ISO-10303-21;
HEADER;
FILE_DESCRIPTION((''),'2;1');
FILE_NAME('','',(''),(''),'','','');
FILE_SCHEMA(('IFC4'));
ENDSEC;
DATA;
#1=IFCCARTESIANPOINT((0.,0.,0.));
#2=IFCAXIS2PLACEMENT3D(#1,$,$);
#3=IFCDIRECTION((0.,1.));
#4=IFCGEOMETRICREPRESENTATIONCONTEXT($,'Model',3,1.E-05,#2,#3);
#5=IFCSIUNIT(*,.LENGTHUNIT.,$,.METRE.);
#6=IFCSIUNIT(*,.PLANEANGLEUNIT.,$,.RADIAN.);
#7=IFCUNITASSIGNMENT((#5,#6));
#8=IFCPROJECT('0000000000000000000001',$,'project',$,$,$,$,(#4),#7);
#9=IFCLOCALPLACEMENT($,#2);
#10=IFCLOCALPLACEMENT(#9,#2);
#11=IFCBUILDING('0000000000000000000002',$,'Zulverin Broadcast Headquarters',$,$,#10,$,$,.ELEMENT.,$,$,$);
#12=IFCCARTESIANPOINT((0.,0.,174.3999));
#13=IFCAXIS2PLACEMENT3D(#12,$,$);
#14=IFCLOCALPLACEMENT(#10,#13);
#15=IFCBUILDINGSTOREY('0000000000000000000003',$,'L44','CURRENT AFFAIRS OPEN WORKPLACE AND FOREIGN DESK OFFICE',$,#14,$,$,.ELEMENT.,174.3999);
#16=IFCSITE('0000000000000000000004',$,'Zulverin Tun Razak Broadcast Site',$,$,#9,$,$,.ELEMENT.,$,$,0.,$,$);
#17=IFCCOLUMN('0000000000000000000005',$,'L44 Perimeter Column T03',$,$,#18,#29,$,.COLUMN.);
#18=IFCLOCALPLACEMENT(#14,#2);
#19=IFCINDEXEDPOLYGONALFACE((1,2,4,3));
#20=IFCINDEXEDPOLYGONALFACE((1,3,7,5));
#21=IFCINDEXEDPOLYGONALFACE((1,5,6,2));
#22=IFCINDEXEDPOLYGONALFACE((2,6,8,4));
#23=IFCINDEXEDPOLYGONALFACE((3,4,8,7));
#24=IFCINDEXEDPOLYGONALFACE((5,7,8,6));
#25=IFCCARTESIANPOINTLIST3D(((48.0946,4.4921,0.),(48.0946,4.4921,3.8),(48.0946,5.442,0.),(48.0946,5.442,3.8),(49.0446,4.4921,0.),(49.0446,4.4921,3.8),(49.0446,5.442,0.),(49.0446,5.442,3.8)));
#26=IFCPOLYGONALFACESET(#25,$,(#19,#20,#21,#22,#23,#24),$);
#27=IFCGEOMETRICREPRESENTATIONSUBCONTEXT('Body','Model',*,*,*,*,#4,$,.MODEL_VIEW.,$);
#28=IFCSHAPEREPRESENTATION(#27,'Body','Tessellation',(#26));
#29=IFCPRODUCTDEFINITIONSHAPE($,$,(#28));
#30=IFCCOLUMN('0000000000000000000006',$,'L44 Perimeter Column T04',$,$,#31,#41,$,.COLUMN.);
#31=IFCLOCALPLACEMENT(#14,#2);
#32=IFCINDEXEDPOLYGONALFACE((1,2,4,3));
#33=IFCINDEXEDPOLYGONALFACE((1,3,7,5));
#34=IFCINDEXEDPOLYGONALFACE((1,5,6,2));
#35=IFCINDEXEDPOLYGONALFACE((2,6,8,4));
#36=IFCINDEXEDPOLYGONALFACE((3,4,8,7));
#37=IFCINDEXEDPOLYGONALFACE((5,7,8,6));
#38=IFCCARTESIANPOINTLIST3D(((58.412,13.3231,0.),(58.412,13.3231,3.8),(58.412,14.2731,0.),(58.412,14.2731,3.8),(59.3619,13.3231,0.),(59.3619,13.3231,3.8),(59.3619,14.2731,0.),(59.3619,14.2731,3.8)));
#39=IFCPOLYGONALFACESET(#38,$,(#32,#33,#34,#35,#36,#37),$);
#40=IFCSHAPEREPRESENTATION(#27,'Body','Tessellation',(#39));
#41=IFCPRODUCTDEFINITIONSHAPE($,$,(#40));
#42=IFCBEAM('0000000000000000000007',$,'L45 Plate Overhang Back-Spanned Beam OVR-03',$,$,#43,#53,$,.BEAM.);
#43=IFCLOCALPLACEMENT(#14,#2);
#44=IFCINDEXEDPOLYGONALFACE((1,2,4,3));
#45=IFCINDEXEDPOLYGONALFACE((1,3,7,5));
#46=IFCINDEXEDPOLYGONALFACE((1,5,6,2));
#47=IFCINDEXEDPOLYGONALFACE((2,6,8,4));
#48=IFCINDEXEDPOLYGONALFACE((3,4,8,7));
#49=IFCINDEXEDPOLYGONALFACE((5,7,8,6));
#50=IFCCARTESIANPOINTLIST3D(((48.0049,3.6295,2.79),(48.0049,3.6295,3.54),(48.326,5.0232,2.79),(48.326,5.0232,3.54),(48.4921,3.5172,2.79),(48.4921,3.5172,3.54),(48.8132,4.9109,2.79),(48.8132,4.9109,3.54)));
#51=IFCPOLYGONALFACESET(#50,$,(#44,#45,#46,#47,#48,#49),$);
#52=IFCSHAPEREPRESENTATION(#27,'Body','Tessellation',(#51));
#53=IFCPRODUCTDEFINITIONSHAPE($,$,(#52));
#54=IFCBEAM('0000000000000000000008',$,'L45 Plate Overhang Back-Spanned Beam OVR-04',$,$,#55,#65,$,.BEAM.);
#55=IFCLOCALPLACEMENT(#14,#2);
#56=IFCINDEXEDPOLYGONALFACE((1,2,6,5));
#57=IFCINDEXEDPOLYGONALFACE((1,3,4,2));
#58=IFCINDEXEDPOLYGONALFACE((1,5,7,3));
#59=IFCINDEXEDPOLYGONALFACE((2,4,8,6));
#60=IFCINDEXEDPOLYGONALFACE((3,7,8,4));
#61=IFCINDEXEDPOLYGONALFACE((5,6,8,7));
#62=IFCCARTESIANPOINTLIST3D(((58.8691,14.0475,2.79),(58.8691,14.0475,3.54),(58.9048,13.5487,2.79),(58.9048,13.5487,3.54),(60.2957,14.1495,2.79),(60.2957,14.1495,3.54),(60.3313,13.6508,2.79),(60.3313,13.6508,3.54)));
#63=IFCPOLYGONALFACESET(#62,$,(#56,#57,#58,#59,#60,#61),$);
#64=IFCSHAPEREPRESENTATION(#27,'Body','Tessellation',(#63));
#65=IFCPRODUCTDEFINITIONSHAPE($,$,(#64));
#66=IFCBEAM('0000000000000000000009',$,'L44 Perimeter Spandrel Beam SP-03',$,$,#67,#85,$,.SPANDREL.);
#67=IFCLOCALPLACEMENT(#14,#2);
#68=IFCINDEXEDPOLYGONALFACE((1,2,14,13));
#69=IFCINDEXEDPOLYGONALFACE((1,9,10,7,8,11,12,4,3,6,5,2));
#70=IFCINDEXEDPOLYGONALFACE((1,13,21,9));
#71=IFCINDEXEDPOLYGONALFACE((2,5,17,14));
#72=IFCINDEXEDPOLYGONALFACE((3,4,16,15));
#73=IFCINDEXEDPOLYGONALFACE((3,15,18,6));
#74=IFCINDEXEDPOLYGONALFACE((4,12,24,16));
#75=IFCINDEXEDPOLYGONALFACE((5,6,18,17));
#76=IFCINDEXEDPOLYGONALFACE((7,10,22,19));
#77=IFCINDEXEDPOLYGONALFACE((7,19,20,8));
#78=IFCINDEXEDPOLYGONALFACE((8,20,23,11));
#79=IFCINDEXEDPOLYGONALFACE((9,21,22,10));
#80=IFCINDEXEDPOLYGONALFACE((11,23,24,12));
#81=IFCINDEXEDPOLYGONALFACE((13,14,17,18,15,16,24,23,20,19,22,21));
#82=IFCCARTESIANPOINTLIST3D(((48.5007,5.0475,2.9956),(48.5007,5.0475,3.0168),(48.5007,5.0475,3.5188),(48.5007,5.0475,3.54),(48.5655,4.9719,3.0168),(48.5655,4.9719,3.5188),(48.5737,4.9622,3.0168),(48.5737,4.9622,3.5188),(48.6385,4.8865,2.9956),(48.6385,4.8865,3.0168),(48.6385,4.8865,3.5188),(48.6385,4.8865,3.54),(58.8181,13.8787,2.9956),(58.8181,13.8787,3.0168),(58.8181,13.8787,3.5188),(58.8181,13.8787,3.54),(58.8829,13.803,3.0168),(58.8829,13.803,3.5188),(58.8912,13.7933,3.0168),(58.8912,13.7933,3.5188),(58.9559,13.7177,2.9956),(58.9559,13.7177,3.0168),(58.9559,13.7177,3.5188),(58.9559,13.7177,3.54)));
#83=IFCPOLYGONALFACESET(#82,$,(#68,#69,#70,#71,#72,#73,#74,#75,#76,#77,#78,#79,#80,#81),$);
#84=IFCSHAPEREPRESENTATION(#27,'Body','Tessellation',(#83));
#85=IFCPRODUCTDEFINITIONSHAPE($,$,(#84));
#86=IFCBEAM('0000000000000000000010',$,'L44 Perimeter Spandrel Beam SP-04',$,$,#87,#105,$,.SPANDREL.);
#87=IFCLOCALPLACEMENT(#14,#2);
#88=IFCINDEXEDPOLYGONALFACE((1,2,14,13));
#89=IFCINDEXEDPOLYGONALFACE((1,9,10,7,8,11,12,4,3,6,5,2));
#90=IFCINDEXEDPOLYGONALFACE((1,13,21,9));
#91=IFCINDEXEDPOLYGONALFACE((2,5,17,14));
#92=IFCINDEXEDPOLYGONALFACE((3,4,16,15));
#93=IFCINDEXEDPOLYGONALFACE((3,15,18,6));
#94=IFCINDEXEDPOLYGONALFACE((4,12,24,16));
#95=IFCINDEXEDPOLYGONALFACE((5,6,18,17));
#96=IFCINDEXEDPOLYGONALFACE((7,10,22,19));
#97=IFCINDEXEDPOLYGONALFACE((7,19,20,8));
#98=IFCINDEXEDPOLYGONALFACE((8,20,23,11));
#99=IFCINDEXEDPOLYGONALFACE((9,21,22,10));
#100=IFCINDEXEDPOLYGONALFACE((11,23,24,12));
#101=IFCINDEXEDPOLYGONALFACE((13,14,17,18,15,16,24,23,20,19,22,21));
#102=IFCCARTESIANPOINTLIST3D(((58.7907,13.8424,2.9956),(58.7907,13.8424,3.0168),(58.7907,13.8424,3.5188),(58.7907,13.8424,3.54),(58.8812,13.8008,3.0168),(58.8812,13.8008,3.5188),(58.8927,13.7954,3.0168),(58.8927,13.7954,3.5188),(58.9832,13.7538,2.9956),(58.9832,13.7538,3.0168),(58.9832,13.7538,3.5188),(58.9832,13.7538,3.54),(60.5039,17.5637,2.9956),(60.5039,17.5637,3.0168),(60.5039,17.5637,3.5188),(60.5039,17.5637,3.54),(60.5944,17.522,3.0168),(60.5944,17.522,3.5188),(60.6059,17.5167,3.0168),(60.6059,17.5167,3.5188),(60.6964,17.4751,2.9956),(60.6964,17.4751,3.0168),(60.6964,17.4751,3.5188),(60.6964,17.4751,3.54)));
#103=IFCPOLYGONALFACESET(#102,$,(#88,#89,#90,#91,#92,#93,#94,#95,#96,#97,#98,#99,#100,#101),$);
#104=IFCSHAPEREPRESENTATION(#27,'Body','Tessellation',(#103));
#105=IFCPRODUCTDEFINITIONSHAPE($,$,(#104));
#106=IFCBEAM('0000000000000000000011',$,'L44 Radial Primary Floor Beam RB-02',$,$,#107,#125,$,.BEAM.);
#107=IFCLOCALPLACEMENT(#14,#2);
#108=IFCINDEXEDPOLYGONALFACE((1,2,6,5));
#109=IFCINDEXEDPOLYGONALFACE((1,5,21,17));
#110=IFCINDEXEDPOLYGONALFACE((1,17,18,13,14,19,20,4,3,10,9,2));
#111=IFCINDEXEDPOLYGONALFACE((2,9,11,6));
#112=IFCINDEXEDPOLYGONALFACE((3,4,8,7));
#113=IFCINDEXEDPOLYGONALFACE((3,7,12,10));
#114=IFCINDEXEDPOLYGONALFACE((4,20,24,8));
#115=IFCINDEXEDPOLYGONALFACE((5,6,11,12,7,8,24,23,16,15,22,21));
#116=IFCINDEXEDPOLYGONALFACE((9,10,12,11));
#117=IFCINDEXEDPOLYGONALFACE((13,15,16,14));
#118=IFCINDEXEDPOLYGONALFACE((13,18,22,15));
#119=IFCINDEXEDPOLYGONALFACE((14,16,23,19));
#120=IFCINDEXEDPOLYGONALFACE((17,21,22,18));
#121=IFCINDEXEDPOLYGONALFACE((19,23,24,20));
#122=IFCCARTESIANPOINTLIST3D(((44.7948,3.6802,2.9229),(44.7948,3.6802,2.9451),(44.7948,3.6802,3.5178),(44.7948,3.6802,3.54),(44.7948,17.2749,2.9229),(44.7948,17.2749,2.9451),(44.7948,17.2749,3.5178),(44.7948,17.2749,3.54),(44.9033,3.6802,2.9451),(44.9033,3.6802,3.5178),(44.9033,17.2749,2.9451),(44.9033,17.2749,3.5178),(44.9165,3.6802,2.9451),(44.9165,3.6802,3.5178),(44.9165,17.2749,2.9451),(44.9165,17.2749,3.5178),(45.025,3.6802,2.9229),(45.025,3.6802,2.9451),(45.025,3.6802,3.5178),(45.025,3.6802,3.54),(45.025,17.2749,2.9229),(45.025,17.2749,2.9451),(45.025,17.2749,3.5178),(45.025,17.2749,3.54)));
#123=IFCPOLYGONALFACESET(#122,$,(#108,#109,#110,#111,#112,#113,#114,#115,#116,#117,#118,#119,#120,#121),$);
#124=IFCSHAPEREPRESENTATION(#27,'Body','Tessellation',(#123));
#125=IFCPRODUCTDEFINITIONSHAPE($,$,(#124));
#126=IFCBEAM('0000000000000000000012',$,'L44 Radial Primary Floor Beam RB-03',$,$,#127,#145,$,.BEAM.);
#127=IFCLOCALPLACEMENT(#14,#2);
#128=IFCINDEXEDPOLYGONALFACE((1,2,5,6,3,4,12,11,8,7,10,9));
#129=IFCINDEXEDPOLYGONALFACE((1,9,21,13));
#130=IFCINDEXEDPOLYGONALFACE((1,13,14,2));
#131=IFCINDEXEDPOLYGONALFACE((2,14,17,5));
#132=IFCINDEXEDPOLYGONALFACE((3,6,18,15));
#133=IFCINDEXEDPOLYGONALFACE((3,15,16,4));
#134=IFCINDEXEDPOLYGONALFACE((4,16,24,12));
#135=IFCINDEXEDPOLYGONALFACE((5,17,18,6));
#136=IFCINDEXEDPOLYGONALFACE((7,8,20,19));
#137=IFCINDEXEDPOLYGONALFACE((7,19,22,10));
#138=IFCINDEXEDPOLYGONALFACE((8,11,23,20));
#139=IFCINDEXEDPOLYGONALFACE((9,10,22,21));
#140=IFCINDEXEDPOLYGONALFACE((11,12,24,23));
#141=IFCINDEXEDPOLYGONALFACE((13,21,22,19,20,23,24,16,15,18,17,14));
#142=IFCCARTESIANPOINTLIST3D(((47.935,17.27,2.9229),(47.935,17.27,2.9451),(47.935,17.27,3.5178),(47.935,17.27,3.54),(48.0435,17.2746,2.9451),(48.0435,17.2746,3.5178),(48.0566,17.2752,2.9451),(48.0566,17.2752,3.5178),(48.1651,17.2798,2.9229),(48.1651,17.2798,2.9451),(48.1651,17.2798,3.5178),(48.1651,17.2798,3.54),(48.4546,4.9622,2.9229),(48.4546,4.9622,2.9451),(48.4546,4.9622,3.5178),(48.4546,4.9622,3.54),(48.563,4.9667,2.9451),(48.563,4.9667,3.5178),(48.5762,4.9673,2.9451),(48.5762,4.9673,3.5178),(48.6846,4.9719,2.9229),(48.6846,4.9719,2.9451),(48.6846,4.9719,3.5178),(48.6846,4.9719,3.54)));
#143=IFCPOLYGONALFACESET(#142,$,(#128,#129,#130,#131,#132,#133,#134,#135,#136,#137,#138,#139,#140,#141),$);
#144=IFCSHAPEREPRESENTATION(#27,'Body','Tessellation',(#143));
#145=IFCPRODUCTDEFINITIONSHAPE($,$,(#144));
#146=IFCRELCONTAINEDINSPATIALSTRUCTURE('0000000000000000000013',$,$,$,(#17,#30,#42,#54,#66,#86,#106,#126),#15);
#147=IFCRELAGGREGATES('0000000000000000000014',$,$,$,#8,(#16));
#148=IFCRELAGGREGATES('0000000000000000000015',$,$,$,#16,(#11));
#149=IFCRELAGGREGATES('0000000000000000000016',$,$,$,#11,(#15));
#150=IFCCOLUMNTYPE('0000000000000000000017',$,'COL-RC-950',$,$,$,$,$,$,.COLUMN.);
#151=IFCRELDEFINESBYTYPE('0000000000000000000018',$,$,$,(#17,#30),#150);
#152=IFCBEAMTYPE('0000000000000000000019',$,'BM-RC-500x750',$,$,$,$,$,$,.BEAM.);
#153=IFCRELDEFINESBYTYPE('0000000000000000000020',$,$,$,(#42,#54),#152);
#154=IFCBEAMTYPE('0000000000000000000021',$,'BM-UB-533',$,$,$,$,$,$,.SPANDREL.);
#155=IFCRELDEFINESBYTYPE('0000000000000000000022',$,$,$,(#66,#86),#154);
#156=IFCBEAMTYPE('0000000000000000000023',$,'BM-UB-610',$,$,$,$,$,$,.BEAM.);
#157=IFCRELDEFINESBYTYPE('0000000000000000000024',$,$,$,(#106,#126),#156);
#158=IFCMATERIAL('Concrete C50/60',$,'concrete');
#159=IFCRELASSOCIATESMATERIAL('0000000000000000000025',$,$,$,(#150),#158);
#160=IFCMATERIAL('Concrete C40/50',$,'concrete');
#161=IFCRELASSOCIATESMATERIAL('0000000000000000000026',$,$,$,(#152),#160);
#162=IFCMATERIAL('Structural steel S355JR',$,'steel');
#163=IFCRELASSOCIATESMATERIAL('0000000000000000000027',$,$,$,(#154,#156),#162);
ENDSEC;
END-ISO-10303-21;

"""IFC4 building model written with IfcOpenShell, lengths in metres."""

from ifc_helpers import new_model, si_unit, direction, frame, origin, origin_2d, place, context, subcontext, project, spatial, rectangle, i_section, extrude, material, material_profile, profile_set, type_object, element, save


model = new_model("IFC4")

# Units and contexts
model_context = context("Model", 3, precision=1e-05, world=origin(), true_north=direction((0.0, 1.0)))
body_context = subcontext(model_context, "Body", "Model", "MODEL_VIEW")
ifc_project = project(units=[si_unit("LENGTHUNIT", "METRE"), si_unit("PLANEANGLEUNIT", "RADIAN")], contexts=[model_context])

# Site, building, storey
site_placement = place(None, origin())
site = spatial("IfcSite", under=ifc_project, at=site_placement, Name="Zulverin Tun Razak Broadcast Site", CompositionType="ELEMENT", RefElevation=0.0)
building_placement = place(site_placement, origin())
building = spatial("IfcBuilding", under=site, at=building_placement, Name="Zulverin Broadcast Headquarters", CompositionType="ELEMENT")
storey_placement = place(building_placement, frame((0.0, 0.0, 174.3999)))
storey = spatial("IfcBuildingStorey", under=building, at=storey_placement, Name="L44", Description="CURRENT AFFAIRS OPEN WORKPLACE AND FOREIGN DESK OFFICE", CompositionType="ELEMENT", Elevation=174.3999)

# Columns
ifc_material_1 = material(Name="Concrete C50/60", Category="concrete")
ifc_material_profile_1 = material_profile(ifc_material_1, rectangle(XDim=0.95, YDim=0.95, at=origin_2d()), Name="Concrete C50/60", Category="concrete")
ifc_profile_set_1 = profile_set([ifc_material_profile_1], Name="Concrete C50/60")
column_type = type_object("IfcColumnType", Name="COL-RC-950", PredefinedType="COLUMN", material=ifc_profile_set_1)
for number, where, z_axis, x_axis, name in (
    (1, (48.5696, 4.967, 0.0), (0.0, 0.0, 1.0), (1.0, 0.0, 0.0), "L44 Perimeter Column T03"),
    (2, (58.887, 13.7981, 0.0), (0.0, 0.0, 1.0), (1.0, 0.0, 0.0), "L44 Perimeter Column T04"),
):
    element("IfcColumn", number, at=place(storey_placement, frame(where, z_axis=z_axis, x_axis=x_axis)), inside=storey, type_object=column_type, Name=name, PredefinedType="COLUMN", context=body_context, shape_type="SweptSolid", body=[
        extrude(rectangle(XDim=0.95, YDim=0.95, at=origin_2d()), origin(), (0.0, 0.0, 1.0), 3.8),
    ])

# Beams
ifc_material_2 = material(Name="Concrete C40/50", Category="concrete")
ifc_material_profile_2 = material_profile(ifc_material_2, rectangle(XDim=0.5, YDim=0.75, at=origin_2d()), Name="Concrete C40/50", Category="concrete")
ifc_profile_set_2 = profile_set([ifc_material_profile_2], Name="Concrete C40/50")
beam_type_1 = type_object("IfcBeamType", Name="BM-RC-500x750", PredefinedType="BEAM", material=ifc_profile_set_2)
for number, where, z_axis, x_axis, name in (
    (3, (48.5696, 4.967, 3.165), (-0.224498, -0.974475, 0.0), (0.974475, -0.224498, 0.0), "L45 Plate Overhang Back-Spanned Beam OVR-03"),
    (4, (58.887, 13.7981, 3.165), (0.997451, 0.071356, 0.0), (-0.071356, 0.997451, 0.0), "L45 Plate Overhang Back-Spanned Beam OVR-04"),
):
    element("IfcBeam", number, at=place(storey_placement, frame(where, z_axis=z_axis, x_axis=x_axis)), inside=storey, type_object=beam_type_1, Name=name, PredefinedType="BEAM", context=body_context, shape_type="SweptSolid", body=[
        extrude(rectangle(XDim=0.5, YDim=0.75, at=origin_2d()), origin(), (0.0, 0.0, 1.0), 1.4302),
    ])
ifc_material_3 = material(Name="Structural steel S355JR", Category="steel")
ifc_material_profile_3 = material_profile(ifc_material_3, i_section(OverallWidth=0.2119, OverallDepth=0.5444, WebThickness=0.0127, FlangeThickness=0.0212, at=origin_2d()), Name="Structural steel S355JR", Category="steel")
ifc_profile_set_3 = profile_set([ifc_material_profile_3], Name="Structural steel S355JR")
beam_type_2 = type_object("IfcBeamType", Name="BM-UB-533", PredefinedType="SPANDREL", material=ifc_profile_set_3)
beam_1_placement = place(storey_placement, frame((48.5696, 4.967, 3.2678), z_axis=(0.759708, 0.650264, 0.0), x_axis=(-0.650264, 0.759708, 0.0)))
element("IfcBeam", 5, at=beam_1_placement, inside=storey, type_object=beam_type_2, Name="L44 Perimeter Spandrel Beam SP-03", PredefinedType="SPANDREL", context=body_context, shape_type="SweptSolid", body=[
    extrude(i_section(OverallWidth=0.2119, OverallDepth=0.5444, WebThickness=0.0127, FlangeThickness=0.0212, at=origin_2d()), origin(), (0.0, 0.0, 1.0), 13.5808),
])
beam_2_placement = place(storey_placement, frame((58.887, 13.7981, 3.2678), z_axis=(0.418185, 0.908362, 0.0), x_axis=(-0.908362, 0.418185, 0.0)))
element("IfcBeam", 6, at=beam_2_placement, inside=storey, type_object=beam_type_2, Name="L44 Perimeter Spandrel Beam SP-04", PredefinedType="SPANDREL", context=body_context, shape_type="SweptSolid", body=[
    extrude(i_section(OverallWidth=0.2119, OverallDepth=0.5444, WebThickness=0.0127, FlangeThickness=0.0212, at=origin_2d()), origin(), (0.0, 0.0, 1.0), 4.0967),
])
ifc_material_profile_4 = material_profile(ifc_material_3, i_section(OverallWidth=0.2302, OverallDepth=0.6172, WebThickness=0.0132, FlangeThickness=0.0222, at=origin_2d()), Name="Structural steel S355JR", Category="steel")
ifc_profile_set_4 = profile_set([ifc_material_profile_4], Name="Structural steel S355JR")
beam_type_3 = type_object("IfcBeamType", Name="BM-UB-610", PredefinedType="BEAM", material=ifc_profile_set_4)
beam_3_placement = place(storey_placement, frame((44.9099, 17.2749, 3.2314), z_axis=(0.0, -1.0, 0.0), x_axis=(1.0, 0.0, 0.0)))
element("IfcBeam", 7, at=beam_3_placement, inside=storey, type_object=beam_type_3, Name="L44 Radial Primary Floor Beam RB-02", PredefinedType="BEAM", context=body_context, shape_type="SweptSolid", body=[
    extrude(i_section(OverallWidth=0.2302, OverallDepth=0.6172, WebThickness=0.0132, FlangeThickness=0.0222, at=origin_2d()), origin(), (0.0, 0.0, 1.0), 13.5947),
])
beam_4_placement = place(storey_placement, frame((48.05, 17.2749, 3.2314), z_axis=(0.042174, -0.99911, 0.0), x_axis=(0.99911, 0.042174, 0.0)))
element("IfcBeam", 8, at=beam_4_placement, inside=storey, type_object=beam_type_3, Name="L44 Radial Primary Floor Beam RB-03", PredefinedType="BEAM", context=body_context, shape_type="SweptSolid", body=[
    extrude(i_section(OverallWidth=0.2302, OverallDepth=0.6172, WebThickness=0.0132, FlangeThickness=0.0222, at=origin_2d()), origin(), (0.0, 0.0, 1.0), 12.3188),
])

save(model, "model.ifc")
